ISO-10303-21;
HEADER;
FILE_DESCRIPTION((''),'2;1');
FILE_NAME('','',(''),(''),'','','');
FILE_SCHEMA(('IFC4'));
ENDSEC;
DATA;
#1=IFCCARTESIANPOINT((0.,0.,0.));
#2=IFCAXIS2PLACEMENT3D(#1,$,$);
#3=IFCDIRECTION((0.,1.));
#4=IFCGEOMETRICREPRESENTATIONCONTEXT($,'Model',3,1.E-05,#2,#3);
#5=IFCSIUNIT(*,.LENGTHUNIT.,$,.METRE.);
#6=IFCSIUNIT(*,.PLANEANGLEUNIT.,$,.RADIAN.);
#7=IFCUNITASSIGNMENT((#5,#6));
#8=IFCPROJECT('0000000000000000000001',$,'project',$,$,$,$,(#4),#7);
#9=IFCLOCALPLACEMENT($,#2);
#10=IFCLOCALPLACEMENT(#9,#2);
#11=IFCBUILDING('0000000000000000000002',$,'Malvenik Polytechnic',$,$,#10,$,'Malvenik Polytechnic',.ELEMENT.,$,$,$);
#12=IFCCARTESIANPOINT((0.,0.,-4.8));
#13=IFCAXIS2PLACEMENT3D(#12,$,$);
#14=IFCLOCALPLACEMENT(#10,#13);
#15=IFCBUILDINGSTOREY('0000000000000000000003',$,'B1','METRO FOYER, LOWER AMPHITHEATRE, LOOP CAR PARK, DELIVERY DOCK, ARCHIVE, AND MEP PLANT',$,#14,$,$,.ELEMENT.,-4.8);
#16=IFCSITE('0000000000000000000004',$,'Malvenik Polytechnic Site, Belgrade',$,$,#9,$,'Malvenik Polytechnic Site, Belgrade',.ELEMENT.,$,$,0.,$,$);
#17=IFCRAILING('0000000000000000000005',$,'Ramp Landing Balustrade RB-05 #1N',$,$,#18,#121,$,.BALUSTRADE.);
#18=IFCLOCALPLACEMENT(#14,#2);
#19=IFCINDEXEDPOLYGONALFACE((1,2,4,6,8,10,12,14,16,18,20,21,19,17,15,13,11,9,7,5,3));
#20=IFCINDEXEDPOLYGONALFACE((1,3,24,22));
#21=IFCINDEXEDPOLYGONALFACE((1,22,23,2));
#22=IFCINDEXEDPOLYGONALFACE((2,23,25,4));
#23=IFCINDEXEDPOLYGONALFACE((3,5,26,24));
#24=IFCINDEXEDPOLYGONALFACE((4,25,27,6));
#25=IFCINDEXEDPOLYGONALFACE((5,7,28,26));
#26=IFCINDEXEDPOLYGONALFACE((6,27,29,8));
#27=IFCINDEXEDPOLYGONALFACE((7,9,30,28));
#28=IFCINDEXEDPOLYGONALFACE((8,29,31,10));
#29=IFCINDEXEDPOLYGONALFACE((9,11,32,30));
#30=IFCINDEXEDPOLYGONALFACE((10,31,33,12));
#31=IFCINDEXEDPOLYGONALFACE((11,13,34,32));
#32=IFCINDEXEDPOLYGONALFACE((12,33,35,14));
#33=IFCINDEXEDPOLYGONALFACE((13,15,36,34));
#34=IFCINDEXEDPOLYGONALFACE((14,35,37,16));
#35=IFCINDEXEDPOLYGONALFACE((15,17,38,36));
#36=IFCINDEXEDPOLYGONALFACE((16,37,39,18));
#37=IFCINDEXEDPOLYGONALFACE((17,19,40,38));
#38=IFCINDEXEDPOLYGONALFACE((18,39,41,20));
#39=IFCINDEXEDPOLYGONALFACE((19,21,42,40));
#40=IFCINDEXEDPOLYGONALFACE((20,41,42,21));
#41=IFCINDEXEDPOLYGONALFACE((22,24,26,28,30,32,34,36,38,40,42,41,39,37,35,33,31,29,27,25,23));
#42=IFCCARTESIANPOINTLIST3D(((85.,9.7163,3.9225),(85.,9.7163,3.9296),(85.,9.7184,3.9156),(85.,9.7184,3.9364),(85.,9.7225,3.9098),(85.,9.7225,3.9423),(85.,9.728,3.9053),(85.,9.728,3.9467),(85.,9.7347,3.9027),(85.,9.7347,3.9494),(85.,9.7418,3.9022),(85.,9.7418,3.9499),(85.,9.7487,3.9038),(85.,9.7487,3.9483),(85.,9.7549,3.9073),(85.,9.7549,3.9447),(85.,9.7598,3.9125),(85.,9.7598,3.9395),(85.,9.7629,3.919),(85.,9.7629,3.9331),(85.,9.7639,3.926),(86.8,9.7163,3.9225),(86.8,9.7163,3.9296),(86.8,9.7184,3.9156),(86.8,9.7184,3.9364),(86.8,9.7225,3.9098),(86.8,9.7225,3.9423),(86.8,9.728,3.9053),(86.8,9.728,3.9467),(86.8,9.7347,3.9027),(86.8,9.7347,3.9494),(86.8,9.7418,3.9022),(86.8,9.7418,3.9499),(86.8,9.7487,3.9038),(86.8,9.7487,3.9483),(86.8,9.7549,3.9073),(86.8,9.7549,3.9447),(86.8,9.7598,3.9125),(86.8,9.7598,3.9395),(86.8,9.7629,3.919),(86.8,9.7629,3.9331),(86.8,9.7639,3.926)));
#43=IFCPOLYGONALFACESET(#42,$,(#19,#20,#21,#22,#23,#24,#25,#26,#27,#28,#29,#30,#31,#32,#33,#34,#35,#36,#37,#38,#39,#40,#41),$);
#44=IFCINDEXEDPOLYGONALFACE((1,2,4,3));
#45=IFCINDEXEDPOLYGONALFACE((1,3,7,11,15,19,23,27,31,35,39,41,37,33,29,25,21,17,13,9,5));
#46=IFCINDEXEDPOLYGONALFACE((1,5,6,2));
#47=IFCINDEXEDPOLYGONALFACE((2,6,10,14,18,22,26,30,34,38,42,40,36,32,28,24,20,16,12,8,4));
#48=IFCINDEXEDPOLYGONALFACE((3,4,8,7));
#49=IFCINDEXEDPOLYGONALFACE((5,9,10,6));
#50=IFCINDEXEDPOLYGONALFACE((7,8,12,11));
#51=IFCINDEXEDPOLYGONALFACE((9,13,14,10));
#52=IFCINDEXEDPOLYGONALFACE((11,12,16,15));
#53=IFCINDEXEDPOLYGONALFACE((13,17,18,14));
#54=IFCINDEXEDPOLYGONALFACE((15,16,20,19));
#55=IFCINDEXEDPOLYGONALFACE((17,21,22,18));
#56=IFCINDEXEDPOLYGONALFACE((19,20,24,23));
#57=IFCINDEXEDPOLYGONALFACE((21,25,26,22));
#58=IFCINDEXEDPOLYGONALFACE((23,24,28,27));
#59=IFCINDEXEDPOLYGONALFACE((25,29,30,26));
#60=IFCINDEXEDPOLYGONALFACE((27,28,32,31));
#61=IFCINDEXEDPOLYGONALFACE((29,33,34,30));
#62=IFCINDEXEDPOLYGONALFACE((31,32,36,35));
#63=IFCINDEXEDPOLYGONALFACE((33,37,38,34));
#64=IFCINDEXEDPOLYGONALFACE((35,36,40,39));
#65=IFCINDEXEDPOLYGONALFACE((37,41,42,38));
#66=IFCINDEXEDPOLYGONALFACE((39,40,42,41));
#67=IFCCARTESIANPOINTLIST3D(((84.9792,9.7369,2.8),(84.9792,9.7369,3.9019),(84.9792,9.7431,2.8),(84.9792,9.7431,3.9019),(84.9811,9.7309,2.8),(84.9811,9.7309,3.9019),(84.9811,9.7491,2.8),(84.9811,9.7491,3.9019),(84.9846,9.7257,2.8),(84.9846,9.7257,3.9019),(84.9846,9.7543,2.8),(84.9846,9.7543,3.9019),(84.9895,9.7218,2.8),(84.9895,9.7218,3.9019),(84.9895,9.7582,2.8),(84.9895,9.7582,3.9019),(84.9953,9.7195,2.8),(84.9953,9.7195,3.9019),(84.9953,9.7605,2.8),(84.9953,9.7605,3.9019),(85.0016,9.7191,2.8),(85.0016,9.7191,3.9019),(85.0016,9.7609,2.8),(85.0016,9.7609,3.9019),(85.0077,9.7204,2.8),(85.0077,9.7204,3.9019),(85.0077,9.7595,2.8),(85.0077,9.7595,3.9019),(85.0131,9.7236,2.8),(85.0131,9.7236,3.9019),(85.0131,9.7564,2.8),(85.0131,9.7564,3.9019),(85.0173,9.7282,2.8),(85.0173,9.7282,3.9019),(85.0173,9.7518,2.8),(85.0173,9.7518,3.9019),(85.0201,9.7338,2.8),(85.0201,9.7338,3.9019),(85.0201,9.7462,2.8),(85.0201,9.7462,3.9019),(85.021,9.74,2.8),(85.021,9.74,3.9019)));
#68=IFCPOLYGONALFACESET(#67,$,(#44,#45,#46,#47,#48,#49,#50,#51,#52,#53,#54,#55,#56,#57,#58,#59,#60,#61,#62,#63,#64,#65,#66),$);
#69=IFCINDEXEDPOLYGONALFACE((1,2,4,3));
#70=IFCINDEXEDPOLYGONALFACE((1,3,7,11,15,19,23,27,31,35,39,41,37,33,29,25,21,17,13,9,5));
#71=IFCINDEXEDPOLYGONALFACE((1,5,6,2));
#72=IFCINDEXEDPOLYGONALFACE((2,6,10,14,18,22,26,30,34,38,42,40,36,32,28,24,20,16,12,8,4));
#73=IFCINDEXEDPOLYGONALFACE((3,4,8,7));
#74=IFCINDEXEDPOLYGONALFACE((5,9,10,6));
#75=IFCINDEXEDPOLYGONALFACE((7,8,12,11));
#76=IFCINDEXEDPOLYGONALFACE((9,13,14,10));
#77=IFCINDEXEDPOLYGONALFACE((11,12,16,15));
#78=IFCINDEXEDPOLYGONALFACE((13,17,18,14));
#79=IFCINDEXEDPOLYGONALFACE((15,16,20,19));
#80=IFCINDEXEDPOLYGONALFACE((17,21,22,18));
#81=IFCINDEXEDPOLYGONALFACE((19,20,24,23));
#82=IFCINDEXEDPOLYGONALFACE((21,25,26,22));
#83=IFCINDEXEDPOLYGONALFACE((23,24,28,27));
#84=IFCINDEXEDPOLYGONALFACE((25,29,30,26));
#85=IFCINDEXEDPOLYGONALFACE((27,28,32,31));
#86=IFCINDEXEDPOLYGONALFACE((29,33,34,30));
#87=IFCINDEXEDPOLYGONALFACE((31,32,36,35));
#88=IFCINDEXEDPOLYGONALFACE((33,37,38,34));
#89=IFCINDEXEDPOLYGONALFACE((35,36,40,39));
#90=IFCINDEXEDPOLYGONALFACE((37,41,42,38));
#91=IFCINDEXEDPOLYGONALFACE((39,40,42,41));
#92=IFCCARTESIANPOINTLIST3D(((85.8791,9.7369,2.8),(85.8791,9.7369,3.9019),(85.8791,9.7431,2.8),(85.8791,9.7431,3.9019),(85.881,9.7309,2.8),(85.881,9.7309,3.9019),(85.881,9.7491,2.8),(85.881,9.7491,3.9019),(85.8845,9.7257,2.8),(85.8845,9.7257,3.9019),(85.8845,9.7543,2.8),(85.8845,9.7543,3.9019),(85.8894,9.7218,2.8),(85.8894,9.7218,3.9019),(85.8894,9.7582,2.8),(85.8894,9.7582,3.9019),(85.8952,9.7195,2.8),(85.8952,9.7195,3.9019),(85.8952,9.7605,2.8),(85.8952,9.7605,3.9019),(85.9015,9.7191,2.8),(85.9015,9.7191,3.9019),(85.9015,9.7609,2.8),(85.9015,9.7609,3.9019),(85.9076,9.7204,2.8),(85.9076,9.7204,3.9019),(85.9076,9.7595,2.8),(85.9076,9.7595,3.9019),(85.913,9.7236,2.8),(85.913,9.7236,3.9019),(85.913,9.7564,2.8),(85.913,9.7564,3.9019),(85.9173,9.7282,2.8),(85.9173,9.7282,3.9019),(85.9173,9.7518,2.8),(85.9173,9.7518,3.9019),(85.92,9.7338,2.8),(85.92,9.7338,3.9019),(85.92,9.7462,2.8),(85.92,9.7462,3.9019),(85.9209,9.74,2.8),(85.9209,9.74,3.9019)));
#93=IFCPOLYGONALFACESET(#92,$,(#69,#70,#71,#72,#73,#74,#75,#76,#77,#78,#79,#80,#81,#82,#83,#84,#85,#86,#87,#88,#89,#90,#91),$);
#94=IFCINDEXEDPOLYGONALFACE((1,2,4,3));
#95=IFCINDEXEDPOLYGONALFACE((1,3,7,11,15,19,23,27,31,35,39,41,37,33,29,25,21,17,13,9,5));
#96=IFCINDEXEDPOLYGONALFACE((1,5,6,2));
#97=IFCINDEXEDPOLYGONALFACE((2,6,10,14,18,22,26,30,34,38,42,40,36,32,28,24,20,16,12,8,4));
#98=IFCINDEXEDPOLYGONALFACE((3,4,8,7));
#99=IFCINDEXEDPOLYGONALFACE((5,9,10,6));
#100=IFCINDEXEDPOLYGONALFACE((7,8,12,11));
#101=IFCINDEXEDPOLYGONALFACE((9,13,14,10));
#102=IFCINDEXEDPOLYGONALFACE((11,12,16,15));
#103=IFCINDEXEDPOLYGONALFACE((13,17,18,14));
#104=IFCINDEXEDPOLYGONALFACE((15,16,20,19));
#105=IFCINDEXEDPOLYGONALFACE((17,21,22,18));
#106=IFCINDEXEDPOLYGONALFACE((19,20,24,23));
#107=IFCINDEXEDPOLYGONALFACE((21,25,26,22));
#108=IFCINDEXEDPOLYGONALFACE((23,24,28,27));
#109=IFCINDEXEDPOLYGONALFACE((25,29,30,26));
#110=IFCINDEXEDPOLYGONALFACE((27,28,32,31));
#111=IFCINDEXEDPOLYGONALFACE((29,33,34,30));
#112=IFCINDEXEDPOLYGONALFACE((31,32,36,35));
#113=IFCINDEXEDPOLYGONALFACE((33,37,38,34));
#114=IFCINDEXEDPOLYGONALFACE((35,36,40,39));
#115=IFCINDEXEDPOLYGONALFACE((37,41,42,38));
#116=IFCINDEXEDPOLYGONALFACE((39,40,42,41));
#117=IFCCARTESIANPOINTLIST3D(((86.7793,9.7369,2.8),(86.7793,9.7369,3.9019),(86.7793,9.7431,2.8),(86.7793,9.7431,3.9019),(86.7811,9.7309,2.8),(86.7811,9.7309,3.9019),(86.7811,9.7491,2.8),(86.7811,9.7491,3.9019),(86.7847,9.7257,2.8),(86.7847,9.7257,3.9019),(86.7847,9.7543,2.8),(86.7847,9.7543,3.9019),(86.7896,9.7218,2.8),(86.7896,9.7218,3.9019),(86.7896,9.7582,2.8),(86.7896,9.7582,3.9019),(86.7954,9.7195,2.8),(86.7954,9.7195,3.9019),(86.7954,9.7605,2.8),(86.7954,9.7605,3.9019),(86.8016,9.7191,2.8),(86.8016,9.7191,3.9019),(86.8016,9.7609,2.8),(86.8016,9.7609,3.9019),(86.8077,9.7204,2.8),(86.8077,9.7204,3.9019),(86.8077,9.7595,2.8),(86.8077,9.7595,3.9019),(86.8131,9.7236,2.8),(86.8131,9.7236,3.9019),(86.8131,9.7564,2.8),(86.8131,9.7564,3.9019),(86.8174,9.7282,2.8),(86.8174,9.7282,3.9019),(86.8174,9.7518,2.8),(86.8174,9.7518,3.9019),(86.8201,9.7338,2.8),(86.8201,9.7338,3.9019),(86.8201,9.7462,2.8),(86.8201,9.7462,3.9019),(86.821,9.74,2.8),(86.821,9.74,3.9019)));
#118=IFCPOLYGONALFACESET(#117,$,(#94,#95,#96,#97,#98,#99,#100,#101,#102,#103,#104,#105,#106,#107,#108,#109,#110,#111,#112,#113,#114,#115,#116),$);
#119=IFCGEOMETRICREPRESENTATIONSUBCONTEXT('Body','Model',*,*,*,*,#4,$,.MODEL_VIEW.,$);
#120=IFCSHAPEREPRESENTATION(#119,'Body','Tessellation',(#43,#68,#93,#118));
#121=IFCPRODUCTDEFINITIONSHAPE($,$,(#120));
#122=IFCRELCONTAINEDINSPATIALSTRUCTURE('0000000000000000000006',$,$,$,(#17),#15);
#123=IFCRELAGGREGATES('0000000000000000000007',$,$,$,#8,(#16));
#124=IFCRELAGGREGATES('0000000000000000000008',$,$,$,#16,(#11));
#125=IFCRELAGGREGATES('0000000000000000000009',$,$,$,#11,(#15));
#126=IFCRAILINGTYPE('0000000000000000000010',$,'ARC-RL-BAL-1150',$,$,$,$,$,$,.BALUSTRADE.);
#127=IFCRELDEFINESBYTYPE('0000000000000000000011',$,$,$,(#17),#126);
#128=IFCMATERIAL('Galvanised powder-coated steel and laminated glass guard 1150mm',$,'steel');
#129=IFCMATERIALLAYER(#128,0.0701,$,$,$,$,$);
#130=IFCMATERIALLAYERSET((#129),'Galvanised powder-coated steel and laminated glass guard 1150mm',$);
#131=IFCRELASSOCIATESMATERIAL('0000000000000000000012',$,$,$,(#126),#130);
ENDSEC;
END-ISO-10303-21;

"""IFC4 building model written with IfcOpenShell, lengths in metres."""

from ifc_helpers import new_model, si_unit, direction, frame, origin, origin_2d, place, context, subcontext, project, spatial, circle, extrude, material, layer, layer_set, type_object, element, save


model = new_model("IFC4")

# Units and contexts
model_context = context("Model", 3, precision=1e-05, world=origin(), true_north=direction((0.0, 1.0)))
body_context = subcontext(model_context, "Body", "Model", "MODEL_VIEW")
ifc_project = project(units=[si_unit("LENGTHUNIT", "METRE"), si_unit("PLANEANGLEUNIT", "RADIAN")], contexts=[model_context])

# Site, building, storey
site_placement = place(None, origin())
site = spatial("IfcSite", under=ifc_project, at=site_placement, Name="Malvenik Polytechnic Site, Belgrade", LongName="Malvenik Polytechnic Site, Belgrade", CompositionType="ELEMENT", RefElevation=0.0)
building_placement = place(site_placement, origin())
building = spatial("IfcBuilding", under=site, at=building_placement, Name="Malvenik Polytechnic", LongName="Malvenik Polytechnic", CompositionType="ELEMENT")
storey_placement = place(building_placement, frame((0.0, 0.0, -4.8)))
storey = spatial("IfcBuildingStorey", under=building, at=storey_placement, Name="B1", Description="METRO FOYER, LOWER AMPHITHEATRE, LOOP CAR PARK, DELIVERY DOCK, ARCHIVE, AND MEP PLANT", CompositionType="ELEMENT", Elevation=-4.8)

# Railing
ifc_material_1 = material(Name="Galvanised powder-coated steel and laminated glass guard 1150mm", Category="steel")
ifc_layer_1 = layer(ifc_material_1, 0.0701)
ifc_layer_set_1 = layer_set([ifc_layer_1], Name="Galvanised powder-coated steel and laminated glass guard 1150mm")
railing_type_1 = type_object("IfcRailingType", Name="ARC-RL-BAL-1150", PredefinedType="BALUSTRADE", material=ifc_layer_set_1)
railing_1_placement = place(storey_placement, frame((85.0, 9.74, 2.8)))
element("IfcRailing", 1, at=railing_1_placement, inside=storey, type_object=railing_type_1, Name="Ramp Landing Balustrade RB-05 #1N", PredefinedType="BALUSTRADE", context=body_context, shape_type="SweptSolid", body=[
    extrude(circle(Radius=0.0239, at=origin_2d()), frame((0.0, 0.0, 1.126), z_axis=(1.0, 0.0, 0.0), x_axis=(0.0, 1.0, 0.0)), (0.0, 0.0, 1.0), 1.8),
    extrude(circle(Radius=0.021, at=origin_2d()), origin(), (0.0, 0.0, 1.0), 1.1018),
    extrude(circle(Radius=0.021, at=origin_2d()), frame((0.8999, 0.0, 0.0)), (0.0, 0.0, 1.0), 1.1018),
    extrude(circle(Radius=0.021, at=origin_2d()), frame((1.8, 0.0, 0.0)), (0.0, 0.0, 1.0), 1.1018),
])

save(model, "model.ifc")
